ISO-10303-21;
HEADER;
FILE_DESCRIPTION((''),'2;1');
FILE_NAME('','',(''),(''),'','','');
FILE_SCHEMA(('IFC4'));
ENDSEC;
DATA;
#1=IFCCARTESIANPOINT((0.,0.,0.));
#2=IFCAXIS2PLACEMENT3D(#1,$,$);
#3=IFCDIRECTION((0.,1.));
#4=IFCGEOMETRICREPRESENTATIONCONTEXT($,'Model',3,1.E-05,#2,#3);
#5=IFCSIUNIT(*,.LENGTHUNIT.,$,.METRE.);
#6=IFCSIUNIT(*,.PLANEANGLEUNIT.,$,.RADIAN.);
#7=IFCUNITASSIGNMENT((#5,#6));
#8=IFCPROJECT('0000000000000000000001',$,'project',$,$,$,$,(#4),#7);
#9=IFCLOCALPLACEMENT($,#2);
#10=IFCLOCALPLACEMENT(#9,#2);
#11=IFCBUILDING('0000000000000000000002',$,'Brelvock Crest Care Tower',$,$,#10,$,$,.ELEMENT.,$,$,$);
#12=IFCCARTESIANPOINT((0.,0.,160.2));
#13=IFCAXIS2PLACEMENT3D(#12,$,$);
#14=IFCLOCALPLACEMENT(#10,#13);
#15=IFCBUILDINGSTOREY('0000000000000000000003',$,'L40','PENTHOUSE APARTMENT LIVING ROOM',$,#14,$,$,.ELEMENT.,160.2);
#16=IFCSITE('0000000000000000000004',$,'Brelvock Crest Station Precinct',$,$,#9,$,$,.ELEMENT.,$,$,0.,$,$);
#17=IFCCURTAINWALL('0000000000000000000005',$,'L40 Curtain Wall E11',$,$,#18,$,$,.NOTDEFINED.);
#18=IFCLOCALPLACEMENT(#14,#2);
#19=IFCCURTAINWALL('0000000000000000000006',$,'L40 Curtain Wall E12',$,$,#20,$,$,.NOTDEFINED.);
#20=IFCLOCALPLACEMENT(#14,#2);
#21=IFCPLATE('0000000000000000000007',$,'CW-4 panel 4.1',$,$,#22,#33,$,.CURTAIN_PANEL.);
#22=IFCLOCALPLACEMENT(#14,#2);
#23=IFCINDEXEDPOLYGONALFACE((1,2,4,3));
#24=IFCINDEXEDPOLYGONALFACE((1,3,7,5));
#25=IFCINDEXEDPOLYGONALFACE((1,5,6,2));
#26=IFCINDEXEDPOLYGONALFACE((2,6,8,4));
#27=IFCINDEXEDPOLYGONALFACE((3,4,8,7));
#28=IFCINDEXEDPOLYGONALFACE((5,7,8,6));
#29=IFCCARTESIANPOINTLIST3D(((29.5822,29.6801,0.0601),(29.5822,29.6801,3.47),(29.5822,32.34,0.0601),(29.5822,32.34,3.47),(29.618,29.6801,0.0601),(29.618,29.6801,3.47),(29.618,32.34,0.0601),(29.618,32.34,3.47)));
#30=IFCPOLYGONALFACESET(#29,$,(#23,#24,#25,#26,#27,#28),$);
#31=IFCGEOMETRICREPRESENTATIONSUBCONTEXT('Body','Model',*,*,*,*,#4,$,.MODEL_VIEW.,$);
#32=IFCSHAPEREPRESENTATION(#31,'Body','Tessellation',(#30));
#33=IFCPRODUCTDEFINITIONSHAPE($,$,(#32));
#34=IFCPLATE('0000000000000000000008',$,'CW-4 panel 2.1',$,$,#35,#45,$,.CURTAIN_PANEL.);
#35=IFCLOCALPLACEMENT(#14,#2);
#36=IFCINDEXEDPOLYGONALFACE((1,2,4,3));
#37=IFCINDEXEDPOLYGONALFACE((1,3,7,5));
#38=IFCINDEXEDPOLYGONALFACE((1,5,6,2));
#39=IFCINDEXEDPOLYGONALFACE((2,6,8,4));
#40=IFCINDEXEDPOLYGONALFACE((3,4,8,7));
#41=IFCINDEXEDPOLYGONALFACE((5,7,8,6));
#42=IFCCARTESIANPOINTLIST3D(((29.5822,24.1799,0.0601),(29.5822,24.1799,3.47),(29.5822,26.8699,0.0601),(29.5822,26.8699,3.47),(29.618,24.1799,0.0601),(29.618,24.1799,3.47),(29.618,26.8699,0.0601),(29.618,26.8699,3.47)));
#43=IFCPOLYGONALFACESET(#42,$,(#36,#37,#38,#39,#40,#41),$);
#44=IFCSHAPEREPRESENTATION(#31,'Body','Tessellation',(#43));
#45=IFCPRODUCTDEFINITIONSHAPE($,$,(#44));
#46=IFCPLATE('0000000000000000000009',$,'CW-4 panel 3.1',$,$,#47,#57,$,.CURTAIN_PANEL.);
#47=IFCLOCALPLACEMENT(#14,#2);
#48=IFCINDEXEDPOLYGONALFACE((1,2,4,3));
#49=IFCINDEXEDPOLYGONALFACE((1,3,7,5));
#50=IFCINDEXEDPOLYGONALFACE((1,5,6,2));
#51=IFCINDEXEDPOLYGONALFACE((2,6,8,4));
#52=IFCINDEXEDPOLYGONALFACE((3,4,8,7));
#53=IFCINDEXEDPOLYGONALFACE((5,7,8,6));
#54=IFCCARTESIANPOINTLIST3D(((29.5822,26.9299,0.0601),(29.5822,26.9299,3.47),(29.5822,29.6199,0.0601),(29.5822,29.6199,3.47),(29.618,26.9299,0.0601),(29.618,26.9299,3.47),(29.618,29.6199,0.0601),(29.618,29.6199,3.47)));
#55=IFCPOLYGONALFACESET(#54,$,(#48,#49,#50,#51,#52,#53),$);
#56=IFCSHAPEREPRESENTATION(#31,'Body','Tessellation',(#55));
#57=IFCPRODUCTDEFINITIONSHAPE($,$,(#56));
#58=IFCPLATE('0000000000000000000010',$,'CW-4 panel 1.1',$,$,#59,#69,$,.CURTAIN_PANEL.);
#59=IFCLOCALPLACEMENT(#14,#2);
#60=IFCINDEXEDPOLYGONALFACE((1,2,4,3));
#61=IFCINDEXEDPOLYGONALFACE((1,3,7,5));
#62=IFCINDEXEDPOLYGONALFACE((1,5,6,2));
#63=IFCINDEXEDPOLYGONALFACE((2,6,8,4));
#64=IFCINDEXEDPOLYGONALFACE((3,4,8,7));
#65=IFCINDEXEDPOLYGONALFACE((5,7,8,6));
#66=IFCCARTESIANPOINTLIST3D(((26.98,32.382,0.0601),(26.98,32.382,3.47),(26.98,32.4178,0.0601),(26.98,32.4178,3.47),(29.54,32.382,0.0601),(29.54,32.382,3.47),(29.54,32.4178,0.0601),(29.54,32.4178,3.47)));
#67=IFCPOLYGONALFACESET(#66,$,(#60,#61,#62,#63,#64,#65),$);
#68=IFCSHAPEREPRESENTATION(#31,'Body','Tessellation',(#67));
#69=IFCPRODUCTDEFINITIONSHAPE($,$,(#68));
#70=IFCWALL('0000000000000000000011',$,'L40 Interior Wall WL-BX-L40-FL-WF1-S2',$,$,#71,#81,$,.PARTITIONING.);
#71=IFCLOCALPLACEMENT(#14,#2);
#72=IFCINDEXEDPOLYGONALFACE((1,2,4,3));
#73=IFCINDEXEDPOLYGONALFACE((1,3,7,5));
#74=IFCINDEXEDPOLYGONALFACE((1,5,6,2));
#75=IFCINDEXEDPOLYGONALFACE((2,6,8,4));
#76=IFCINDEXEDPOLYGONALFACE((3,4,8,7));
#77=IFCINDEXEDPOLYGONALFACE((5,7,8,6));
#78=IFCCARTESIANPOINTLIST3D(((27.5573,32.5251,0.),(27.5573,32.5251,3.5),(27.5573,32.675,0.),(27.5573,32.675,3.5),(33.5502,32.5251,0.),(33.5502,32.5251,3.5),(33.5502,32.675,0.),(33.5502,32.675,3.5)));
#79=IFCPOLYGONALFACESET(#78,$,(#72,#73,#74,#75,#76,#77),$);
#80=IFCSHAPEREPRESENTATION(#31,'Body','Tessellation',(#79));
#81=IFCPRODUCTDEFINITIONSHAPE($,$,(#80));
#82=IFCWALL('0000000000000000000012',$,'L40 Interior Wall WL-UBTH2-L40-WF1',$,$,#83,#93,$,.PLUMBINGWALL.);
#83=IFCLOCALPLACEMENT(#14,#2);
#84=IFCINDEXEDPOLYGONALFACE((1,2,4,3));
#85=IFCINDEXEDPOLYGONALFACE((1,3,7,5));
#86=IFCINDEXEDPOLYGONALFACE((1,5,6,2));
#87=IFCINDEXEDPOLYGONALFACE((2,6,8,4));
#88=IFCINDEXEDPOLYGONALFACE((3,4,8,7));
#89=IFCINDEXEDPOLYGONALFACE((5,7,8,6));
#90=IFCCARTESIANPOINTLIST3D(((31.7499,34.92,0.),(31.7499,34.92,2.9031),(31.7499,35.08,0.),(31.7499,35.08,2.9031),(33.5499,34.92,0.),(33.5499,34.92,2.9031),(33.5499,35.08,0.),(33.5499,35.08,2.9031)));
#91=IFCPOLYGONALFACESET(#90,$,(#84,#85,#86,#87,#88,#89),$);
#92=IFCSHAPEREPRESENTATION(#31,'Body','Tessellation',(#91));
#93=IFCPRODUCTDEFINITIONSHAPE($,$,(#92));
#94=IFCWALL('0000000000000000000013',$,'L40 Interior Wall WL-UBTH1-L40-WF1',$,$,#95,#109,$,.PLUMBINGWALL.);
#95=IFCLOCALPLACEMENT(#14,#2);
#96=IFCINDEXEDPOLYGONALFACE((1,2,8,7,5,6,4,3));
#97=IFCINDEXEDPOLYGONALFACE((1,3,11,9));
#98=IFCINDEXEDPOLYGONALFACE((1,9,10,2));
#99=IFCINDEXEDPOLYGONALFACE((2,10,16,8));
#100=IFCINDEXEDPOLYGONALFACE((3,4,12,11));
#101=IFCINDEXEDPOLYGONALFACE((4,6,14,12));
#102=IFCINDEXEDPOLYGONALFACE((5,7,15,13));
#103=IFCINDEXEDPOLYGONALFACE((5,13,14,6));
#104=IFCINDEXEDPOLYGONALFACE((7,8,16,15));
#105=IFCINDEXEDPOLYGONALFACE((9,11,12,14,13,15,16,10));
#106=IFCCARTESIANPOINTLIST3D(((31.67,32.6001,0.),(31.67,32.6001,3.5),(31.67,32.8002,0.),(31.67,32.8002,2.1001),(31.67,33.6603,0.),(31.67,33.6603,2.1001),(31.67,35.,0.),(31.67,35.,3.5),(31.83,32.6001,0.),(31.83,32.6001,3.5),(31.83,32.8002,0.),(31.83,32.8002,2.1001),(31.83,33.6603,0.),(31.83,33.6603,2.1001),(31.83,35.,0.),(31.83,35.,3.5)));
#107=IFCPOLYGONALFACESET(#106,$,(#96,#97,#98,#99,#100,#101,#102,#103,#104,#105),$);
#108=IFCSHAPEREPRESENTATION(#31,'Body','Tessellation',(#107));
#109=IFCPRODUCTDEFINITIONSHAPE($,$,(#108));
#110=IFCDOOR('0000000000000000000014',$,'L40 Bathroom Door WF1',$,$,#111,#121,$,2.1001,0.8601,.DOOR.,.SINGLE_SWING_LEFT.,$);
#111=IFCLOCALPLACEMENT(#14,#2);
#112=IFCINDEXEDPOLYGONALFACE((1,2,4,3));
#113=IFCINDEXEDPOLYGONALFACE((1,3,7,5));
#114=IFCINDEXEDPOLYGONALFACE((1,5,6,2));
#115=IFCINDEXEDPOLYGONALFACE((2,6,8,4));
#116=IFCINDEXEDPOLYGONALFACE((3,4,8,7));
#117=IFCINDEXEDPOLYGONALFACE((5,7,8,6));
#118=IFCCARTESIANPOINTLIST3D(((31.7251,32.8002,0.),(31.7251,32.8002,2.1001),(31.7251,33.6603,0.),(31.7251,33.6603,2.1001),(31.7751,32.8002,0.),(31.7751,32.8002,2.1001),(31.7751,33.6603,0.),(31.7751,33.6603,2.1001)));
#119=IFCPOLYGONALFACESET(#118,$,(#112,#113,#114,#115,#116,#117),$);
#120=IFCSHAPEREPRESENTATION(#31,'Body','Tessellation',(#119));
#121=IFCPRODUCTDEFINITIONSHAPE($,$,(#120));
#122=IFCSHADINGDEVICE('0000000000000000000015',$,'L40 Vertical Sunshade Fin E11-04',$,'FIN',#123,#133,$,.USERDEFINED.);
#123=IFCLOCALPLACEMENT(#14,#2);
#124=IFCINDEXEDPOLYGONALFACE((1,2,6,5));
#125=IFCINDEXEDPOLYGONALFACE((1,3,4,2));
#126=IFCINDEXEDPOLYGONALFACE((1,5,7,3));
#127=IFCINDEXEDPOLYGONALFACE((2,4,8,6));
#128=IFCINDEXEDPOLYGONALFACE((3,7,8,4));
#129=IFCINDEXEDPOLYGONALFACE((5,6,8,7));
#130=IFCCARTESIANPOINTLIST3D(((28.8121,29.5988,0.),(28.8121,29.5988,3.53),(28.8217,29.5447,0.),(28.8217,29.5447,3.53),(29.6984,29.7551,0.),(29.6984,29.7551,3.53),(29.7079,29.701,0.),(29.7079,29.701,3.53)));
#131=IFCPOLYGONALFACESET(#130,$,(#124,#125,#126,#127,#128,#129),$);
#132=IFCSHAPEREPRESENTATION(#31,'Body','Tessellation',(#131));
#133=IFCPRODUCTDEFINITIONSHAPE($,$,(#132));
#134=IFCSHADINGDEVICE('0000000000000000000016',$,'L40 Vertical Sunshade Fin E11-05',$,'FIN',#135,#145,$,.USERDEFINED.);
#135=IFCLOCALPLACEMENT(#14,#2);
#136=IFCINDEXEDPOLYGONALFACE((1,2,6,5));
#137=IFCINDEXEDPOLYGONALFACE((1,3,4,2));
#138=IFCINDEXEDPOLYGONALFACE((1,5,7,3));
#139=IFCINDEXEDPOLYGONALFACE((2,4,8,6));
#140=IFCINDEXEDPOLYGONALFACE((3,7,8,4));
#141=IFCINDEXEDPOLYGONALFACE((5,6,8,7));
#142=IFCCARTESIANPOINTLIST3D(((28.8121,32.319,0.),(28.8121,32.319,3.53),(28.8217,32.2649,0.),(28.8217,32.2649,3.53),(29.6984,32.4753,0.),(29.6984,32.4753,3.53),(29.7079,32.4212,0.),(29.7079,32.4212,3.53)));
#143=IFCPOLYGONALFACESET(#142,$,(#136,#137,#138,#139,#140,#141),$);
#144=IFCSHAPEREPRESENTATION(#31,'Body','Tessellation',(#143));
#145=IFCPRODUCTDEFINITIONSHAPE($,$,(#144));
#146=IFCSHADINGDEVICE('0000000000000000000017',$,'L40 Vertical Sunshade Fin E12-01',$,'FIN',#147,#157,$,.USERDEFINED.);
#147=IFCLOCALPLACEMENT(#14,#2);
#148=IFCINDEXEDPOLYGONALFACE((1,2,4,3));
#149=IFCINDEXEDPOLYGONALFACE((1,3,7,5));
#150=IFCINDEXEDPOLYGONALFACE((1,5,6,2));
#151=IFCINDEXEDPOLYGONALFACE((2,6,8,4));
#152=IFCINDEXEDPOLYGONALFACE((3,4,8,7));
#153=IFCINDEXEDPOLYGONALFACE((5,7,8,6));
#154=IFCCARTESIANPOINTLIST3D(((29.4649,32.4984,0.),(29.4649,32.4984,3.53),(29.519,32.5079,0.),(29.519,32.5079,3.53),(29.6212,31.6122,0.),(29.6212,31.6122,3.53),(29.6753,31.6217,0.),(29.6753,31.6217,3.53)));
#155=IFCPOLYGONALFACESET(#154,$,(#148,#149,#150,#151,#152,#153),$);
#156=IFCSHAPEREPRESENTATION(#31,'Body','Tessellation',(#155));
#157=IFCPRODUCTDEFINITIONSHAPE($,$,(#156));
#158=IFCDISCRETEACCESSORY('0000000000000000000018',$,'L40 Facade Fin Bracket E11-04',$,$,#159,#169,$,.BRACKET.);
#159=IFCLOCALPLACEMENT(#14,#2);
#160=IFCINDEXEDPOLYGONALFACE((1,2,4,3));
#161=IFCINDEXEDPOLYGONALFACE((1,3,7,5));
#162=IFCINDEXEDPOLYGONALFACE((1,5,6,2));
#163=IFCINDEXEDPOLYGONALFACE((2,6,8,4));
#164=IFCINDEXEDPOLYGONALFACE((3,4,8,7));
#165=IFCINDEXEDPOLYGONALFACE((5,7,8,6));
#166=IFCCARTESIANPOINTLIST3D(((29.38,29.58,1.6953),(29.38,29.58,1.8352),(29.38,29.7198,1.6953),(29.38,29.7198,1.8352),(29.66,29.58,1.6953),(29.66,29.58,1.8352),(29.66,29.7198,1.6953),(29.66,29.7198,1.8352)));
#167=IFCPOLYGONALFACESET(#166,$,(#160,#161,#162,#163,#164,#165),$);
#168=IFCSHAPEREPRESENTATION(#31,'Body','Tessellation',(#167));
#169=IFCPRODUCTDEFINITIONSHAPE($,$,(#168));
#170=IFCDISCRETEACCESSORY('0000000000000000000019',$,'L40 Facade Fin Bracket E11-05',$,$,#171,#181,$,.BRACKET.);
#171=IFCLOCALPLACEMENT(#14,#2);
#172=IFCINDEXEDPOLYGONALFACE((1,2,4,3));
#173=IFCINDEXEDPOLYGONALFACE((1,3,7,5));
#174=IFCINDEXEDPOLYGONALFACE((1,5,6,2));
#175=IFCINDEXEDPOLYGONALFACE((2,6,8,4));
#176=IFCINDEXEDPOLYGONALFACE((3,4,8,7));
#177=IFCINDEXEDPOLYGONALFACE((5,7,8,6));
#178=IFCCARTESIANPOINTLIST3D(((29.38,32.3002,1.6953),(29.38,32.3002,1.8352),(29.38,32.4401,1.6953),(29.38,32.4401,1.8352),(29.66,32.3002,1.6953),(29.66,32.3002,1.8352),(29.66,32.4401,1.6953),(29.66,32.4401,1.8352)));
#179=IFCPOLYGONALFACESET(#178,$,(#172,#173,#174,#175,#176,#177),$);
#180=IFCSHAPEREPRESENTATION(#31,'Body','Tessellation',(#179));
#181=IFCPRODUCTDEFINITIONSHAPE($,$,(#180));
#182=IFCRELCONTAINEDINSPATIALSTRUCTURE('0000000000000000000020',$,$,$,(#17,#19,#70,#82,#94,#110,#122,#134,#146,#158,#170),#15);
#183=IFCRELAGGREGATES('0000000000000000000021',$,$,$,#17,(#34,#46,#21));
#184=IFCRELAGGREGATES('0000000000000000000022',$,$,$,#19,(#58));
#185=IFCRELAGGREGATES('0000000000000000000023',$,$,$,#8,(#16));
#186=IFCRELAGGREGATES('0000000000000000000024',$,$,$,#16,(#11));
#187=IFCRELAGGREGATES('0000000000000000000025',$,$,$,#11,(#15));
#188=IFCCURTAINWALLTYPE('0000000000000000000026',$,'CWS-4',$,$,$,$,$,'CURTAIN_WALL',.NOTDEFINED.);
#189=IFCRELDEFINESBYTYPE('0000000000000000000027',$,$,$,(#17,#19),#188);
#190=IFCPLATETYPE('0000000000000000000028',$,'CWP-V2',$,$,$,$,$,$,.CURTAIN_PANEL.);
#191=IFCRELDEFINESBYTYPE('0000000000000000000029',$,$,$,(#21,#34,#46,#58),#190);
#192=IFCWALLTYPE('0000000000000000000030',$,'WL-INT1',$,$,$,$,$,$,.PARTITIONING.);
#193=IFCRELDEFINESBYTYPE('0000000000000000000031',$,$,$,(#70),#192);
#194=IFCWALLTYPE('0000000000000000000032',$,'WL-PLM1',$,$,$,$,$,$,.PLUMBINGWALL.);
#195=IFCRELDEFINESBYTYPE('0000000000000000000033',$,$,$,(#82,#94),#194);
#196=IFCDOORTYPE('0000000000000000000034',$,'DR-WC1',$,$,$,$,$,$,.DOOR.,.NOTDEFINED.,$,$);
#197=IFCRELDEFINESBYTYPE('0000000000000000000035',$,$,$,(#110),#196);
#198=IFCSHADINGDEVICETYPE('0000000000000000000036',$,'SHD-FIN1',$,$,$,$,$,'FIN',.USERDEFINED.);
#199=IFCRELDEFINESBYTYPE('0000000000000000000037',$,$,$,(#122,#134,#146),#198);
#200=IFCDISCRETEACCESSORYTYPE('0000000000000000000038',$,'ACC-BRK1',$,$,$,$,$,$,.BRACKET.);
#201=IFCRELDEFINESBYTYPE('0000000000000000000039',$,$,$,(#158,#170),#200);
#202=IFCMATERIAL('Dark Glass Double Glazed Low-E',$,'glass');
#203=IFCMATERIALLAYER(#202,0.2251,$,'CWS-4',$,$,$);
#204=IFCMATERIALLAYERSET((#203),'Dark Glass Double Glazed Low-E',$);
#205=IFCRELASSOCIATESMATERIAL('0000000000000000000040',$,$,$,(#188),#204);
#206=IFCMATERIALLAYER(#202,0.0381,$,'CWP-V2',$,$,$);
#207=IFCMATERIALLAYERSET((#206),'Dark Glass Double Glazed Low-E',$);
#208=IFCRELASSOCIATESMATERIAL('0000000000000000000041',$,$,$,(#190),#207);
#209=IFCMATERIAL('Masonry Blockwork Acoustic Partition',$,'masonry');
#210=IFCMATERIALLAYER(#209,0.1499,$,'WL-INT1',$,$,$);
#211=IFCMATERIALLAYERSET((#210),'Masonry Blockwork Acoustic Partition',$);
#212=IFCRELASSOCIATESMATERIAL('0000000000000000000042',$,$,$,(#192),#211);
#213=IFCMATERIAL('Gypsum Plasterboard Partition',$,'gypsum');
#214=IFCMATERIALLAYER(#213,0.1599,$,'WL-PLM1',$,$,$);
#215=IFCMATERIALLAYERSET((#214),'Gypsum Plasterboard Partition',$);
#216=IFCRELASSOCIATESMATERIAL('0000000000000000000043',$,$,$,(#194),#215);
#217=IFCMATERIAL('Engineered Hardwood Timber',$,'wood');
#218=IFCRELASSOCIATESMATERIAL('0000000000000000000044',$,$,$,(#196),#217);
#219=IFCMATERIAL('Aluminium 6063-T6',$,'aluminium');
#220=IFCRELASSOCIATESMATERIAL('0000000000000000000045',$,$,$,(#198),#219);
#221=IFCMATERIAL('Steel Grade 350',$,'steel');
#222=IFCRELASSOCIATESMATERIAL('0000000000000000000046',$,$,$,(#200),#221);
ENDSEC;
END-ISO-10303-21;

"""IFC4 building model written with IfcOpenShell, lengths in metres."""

from ifc_helpers import new_model, si_unit, direction, frame, frame_2d, origin, origin_2d, place, context, subcontext, project, spatial, rectangle, extrude, source, transform, mapped, material, layer, layer_set, material_profile, profile_set, type_object, element, fill, aggregate, save


model = new_model("IFC4")

# Units and contexts
model_context = context("Model", 3, precision=1e-05, world=origin(), true_north=direction((0.0, 1.0)))
body_context = subcontext(model_context, "Body", "Model", "MODEL_VIEW")
ifc_project = project(units=[si_unit("LENGTHUNIT", "METRE"), si_unit("PLANEANGLEUNIT", "RADIAN")], contexts=[model_context])

# Site, building, storey
site_placement = place(None, origin())
site = spatial("IfcSite", under=ifc_project, at=site_placement, Name="Brelvock Crest Station Precinct", CompositionType="ELEMENT", RefElevation=0.0)
building_placement = place(site_placement, origin())
building = spatial("IfcBuilding", under=site, at=building_placement, Name="Brelvock Crest Care Tower", CompositionType="ELEMENT")
storey_placement = place(building_placement, frame((0.0, 0.0, 160.2)))
storey = spatial("IfcBuildingStorey", under=building, at=storey_placement, Name="L40", Description="PENTHOUSE APARTMENT LIVING ROOM", CompositionType="ELEMENT", Elevation=160.2)

# Shared definitions
ifc_material_1 = material(Name="Steel Grade 350", Category="steel")

# Curtain walls
ifc_material_2 = material(Name="Dark Glass Double Glazed Low-E", Category="glass")
ifc_layer_1 = layer(ifc_material_2, 0.2251, Name="CWS-4")
ifc_layer_set_1 = layer_set([ifc_layer_1], Name="Dark Glass Double Glazed Low-E")
curtain_wall_type = type_object("IfcCurtainWallType", Name="CWS-4", ElementType="CURTAIN_WALL", PredefinedType="NOTDEFINED", material=ifc_layer_set_1)
curtain_wall_1_placement = place(storey_placement, origin())
curtain_wall_1 = element("IfcCurtainWall", 1, at=curtain_wall_1_placement, inside=storey, type_object=curtain_wall_type, Name="L40 Curtain Wall E11", PredefinedType="NOTDEFINED")
ifc_material_3 = material(Name="Aluminium 6063-T6", Category="aluminium")
curtain_wall_2_placement = place(storey_placement, origin())
curtain_wall_2 = element("IfcCurtainWall", 2, at=curtain_wall_2_placement, inside=storey, type_object=curtain_wall_type, Name="L40 Curtain Wall E12", PredefinedType="NOTDEFINED")

# Plates
ifc_layer_2 = layer(ifc_material_2, 0.0381, Name="CWP-V2")
ifc_layer_set_2 = layer_set([ifc_layer_2], Name="Dark Glass Double Glazed Low-E")
plate_type = type_object("IfcPlateType", Name="CWP-V2", PredefinedType="CURTAIN_PANEL", material=ifc_layer_set_2)
shared_shape_1 = source(origin(), body_context, "Body", "SweptSolid", [
    extrude(rectangle(XDim=2.6599, YDim=0.0359, at=origin_2d()), origin(), (0.0, 0.0, 1.0), 3.4099),
])
plate_1_placement = place(storey_placement, frame((29.6001, 31.01, 0.0601), z_axis=(0.0, 0.0, 1.0), x_axis=(0.0, 1.0, 0.0)))
plate_1 = element("IfcPlate", 3, at=plate_1_placement, type_object=plate_type, Name="CW-4 panel 4.1", PredefinedType="CURTAIN_PANEL", context=body_context, shape_type="MappedRepresentation", body=[
    mapped(shared_shape_1, transform((0.0, 0.0, 0.0), x_axis=(1.0, 0.0, 0.0), y_axis=(0.0, 1.0, 0.0), z_axis=(0.0, 0.0, 1.0), scale=1.0)),
])
shared_shape_2 = source(origin(), body_context, "Body", "SweptSolid", [
    extrude(rectangle(XDim=2.6899, YDim=0.0359, at=origin_2d()), origin(), (0.0, 0.0, 1.0), 3.4099),
])
plate_2_placement = place(storey_placement, frame((29.6001, 25.5249, 0.0601), z_axis=(0.0, 0.0, 1.0), x_axis=(0.0, 1.0, 0.0)))
plate_2 = element("IfcPlate", 4, at=plate_2_placement, type_object=plate_type, Name="CW-4 panel 2.1", PredefinedType="CURTAIN_PANEL", context=body_context, shape_type="MappedRepresentation", body=[
    mapped(shared_shape_2, transform((0.0, 0.0, 0.0), x_axis=(1.0, 0.0, 0.0), y_axis=(0.0, 1.0, 0.0), z_axis=(0.0, 0.0, 1.0), scale=1.0)),
])
plate_3_placement = place(storey_placement, frame((29.6001, 28.2749, 0.0601), z_axis=(0.0, 0.0, 1.0), x_axis=(0.0, 1.0, 0.0)))
plate_3 = element("IfcPlate", 5, at=plate_3_placement, type_object=plate_type, Name="CW-4 panel 3.1", PredefinedType="CURTAIN_PANEL", context=body_context, shape_type="MappedRepresentation", body=[
    mapped(shared_shape_2, transform((0.0, 0.0, 0.0), x_axis=(1.0, 0.0, 0.0), y_axis=(0.0, 1.0, 0.0), z_axis=(0.0, 0.0, 1.0), scale=1.0)),
])
aggregate(curtain_wall_1, [plate_2, plate_3, plate_1])
shared_shape_3 = source(origin(), body_context, "Body", "SweptSolid", [
    extrude(rectangle(XDim=2.5601, YDim=0.0359, at=origin_2d()), origin(), (0.0, 0.0, 1.0), 3.4099),
])
plate_4_placement = place(storey_placement, frame((28.26, 32.3999, 0.0601), z_axis=(0.0, 0.0, 1.0), x_axis=(-1.0, 0.0, 0.0)))
plate_4 = element("IfcPlate", 6, at=plate_4_placement, type_object=plate_type, Name="CW-4 panel 1.1", PredefinedType="CURTAIN_PANEL", context=body_context, shape_type="MappedRepresentation", body=[
    mapped(shared_shape_3, transform((0.0, 0.0, 0.0), x_axis=(1.0, 0.0, 0.0), y_axis=(0.0, 1.0, 0.0), z_axis=(0.0, 0.0, 1.0), scale=1.0)),
])
aggregate(curtain_wall_2, [plate_4])

# Walls
ifc_material_4 = material(Name="Masonry Blockwork Acoustic Partition", Category="masonry")
ifc_layer_3 = layer(ifc_material_4, 0.1499, Name="WL-INT1")
ifc_layer_set_3 = layer_set([ifc_layer_3], Name="Masonry Blockwork Acoustic Partition")
wall_type_1 = type_object("IfcWallType", Name="WL-INT1", PredefinedType="PARTITIONING", material=ifc_layer_set_3)
wall_1_placement = place(storey_placement, frame((27.5571, 32.6001, 0.0), z_axis=(0.0, 0.0, 1.0), x_axis=(1.0, 0.0, 0.0)))
element("IfcWall", 7, at=wall_1_placement, inside=storey, type_object=wall_type_1, Name="L40 Interior Wall WL-BX-L40-FL-WF1-S2", PredefinedType="PARTITIONING", context=body_context, shape_type="SweptSolid", body=[
    extrude(rectangle(XDim=5.9929, YDim=0.1499, at=frame_2d((2.9966, 0.0))), origin(), (0.0, 0.0, 1.0), 3.5),
])
ifc_material_5 = material(Name="Gypsum Plasterboard Partition", Category="gypsum")
ifc_layer_4 = layer(ifc_material_5, 0.1599, Name="WL-PLM1")
ifc_layer_set_4 = layer_set([ifc_layer_4], Name="Gypsum Plasterboard Partition")
wall_type_2 = type_object("IfcWallType", Name="WL-PLM1", PredefinedType="PLUMBINGWALL", material=ifc_layer_set_4)
wall_2_placement = place(storey_placement, frame((31.75, 35.0, 0.0), z_axis=(0.0, 0.0, 1.0), x_axis=(1.0, 0.0, 0.0)))
element("IfcWall", 8, at=wall_2_placement, inside=storey, type_object=wall_type_2, Name="L40 Interior Wall WL-UBTH2-L40-WF1", PredefinedType="PLUMBINGWALL", context=body_context, shape_type="SweptSolid", body=[
    extrude(rectangle(XDim=1.8, YDim=0.1599, at=frame_2d((0.8999, 0.0))), origin(), (0.0, 0.0, 1.0), 2.9031),
])

# Wall, opening, door
wall_3_placement = place(storey_placement, frame((31.75, 32.6001, 0.0), z_axis=(0.0, 0.0, 1.0), x_axis=(0.0, 1.0, 0.0)))
wall_3 = element("IfcWall", 9, at=wall_3_placement, inside=storey, type_object=wall_type_2, Name="L40 Interior Wall WL-UBTH1-L40-WF1", PredefinedType="PLUMBINGWALL", context=body_context, shape_type="SweptSolid", body=[
    extrude(rectangle(XDim=2.3999, YDim=0.1599, at=frame_2d((1.2, 0.0))), origin(), (0.0, 0.0, 1.0), 3.5),
])
opening_placement = place(wall_3_placement, frame((0.2, 0.0, 0.0)))
opening = element("IfcOpeningElement", 10, at=opening_placement, cuts=wall_3, PredefinedType="OPENING", context=body_context, shape_type="SweptSolid", body=[
    extrude(rectangle(XDim=0.8601, YDim=2.1001, at=origin_2d()), frame((0.4302, 0.0898, 1.05), z_axis=(0.0, -1.0, 0.0), x_axis=(1.0, 0.0, 0.0)), (0.0, 0.0, 1.0), 0.1799),
])
ifc_material_6 = material(Name="Engineered Hardwood Timber", Category="wood")
door_type = type_object("IfcDoorType", Name="DR-WC1", OperationType="NOTDEFINED", PredefinedType="DOOR", material=ifc_material_6)
shared_shape_4 = source(origin(), body_context, "Body", "SweptSolid", [
    extrude(rectangle(XDim=0.8601, YDim=2.1001, at=origin_2d()), frame((0.4302, 0.0249, 1.05), z_axis=(0.0, -1.0, 0.0), x_axis=(1.0, 0.0, 0.0)), (0.0, 0.0, 1.0), 0.05),
])
door_placement = place(opening_placement, origin())
door = element("IfcDoor", 11, at=door_placement, inside=storey, type_object=door_type, Name="L40 Bathroom Door WF1", OperationType="SINGLE_SWING_LEFT", OverallHeight=2.1001, OverallWidth=0.8601, PredefinedType="DOOR", context=body_context, shape_type="MappedRepresentation", body=[
    mapped(shared_shape_4, transform((0.0, 0.0, 0.0), x_axis=(1.0, 0.0, 0.0), y_axis=(0.0, 1.0, 0.0), z_axis=(0.0, 0.0, 1.0), scale=1.0)),
])
fill(opening, door)

# Shading devices
ifc_material_profile_1 = material_profile(ifc_material_3, rectangle(XDim=0.0549, YDim=0.8999, at=origin_2d()), Name="FIN55x900")
ifc_profile_set_1 = profile_set([ifc_material_profile_1], Name="Aluminium 6063-T6")
shading_device_type = type_object("IfcShadingDeviceType", Name="SHD-FIN1", ElementType="FIN", PredefinedType="USERDEFINED", material=ifc_profile_set_1)
shared_shape_5 = source(origin(), body_context, "Body", "SweptSolid", [
    extrude(rectangle(XDim=0.0549, YDim=0.8999, at=origin_2d()), origin(), (0.0, 0.0, 1.0), 3.53),
])
for number, where, z_axis, x_axis, name in (
    (12, (29.26, 29.6499, 0.0), (0.0, 0.0, 1.0), (-0.173648, 0.984808, 0.0), "L40 Vertical Sunshade Fin E11-04"),
    (13, (29.26, 32.3701, 0.0), (0.0, 0.0, 1.0), (-0.173648, 0.984808, 0.0), "L40 Vertical Sunshade Fin E11-05"),
    (14, (29.5701, 32.0601, 0.0), (0.0, 0.0, 1.0), (-0.984808, -0.173648, 0.0), "L40 Vertical Sunshade Fin E12-01"),
):
    element("IfcShadingDevice", number, at=place(storey_placement, frame(where, z_axis=z_axis, x_axis=x_axis)), inside=storey, type_object=shading_device_type, Name=name, ObjectType="FIN", PredefinedType="USERDEFINED", context=body_context, shape_type="MappedRepresentation", body=[
        mapped(shared_shape_5, transform((0.0, 0.0, 0.0), x_axis=(1.0, 0.0, 0.0), y_axis=(0.0, 1.0, 0.0), z_axis=(0.0, 0.0, 1.0), scale=1.0)),
    ])

# Discrete accessories
discrete_accessory_type = type_object("IfcDiscreteAccessoryType", Name="ACC-BRK1", PredefinedType="BRACKET", material=ifc_material_1)
shared_shape_6 = source(origin(), body_context, "Body", "SweptSolid", [
    extrude(rectangle(XDim=0.28, YDim=0.1399, at=origin_2d()), origin(), (0.0, 0.0, 1.0), 0.1399),
])
for number, where, z_axis, x_axis, name in (
    (15, (29.52, 29.6499, 1.6953), (0.0, 0.0, 1.0), (-1.0, 0.0, 0.0), "L40 Facade Fin Bracket E11-04"),
    (16, (29.52, 32.3701, 1.6953), (0.0, 0.0, 1.0), (-1.0, 0.0, 0.0), "L40 Facade Fin Bracket E11-05"),
):
    element("IfcDiscreteAccessory", number, at=place(storey_placement, frame(where, z_axis=z_axis, x_axis=x_axis)), inside=storey, type_object=discrete_accessory_type, Name=name, PredefinedType="BRACKET", context=body_context, shape_type="MappedRepresentation", body=[
        mapped(shared_shape_6, transform((0.0, 0.0, 0.0), x_axis=(1.0, 0.0, 0.0), y_axis=(0.0, 1.0, 0.0), z_axis=(0.0, 0.0, 1.0), scale=1.0)),
    ])

save(model, "model.ifc")
